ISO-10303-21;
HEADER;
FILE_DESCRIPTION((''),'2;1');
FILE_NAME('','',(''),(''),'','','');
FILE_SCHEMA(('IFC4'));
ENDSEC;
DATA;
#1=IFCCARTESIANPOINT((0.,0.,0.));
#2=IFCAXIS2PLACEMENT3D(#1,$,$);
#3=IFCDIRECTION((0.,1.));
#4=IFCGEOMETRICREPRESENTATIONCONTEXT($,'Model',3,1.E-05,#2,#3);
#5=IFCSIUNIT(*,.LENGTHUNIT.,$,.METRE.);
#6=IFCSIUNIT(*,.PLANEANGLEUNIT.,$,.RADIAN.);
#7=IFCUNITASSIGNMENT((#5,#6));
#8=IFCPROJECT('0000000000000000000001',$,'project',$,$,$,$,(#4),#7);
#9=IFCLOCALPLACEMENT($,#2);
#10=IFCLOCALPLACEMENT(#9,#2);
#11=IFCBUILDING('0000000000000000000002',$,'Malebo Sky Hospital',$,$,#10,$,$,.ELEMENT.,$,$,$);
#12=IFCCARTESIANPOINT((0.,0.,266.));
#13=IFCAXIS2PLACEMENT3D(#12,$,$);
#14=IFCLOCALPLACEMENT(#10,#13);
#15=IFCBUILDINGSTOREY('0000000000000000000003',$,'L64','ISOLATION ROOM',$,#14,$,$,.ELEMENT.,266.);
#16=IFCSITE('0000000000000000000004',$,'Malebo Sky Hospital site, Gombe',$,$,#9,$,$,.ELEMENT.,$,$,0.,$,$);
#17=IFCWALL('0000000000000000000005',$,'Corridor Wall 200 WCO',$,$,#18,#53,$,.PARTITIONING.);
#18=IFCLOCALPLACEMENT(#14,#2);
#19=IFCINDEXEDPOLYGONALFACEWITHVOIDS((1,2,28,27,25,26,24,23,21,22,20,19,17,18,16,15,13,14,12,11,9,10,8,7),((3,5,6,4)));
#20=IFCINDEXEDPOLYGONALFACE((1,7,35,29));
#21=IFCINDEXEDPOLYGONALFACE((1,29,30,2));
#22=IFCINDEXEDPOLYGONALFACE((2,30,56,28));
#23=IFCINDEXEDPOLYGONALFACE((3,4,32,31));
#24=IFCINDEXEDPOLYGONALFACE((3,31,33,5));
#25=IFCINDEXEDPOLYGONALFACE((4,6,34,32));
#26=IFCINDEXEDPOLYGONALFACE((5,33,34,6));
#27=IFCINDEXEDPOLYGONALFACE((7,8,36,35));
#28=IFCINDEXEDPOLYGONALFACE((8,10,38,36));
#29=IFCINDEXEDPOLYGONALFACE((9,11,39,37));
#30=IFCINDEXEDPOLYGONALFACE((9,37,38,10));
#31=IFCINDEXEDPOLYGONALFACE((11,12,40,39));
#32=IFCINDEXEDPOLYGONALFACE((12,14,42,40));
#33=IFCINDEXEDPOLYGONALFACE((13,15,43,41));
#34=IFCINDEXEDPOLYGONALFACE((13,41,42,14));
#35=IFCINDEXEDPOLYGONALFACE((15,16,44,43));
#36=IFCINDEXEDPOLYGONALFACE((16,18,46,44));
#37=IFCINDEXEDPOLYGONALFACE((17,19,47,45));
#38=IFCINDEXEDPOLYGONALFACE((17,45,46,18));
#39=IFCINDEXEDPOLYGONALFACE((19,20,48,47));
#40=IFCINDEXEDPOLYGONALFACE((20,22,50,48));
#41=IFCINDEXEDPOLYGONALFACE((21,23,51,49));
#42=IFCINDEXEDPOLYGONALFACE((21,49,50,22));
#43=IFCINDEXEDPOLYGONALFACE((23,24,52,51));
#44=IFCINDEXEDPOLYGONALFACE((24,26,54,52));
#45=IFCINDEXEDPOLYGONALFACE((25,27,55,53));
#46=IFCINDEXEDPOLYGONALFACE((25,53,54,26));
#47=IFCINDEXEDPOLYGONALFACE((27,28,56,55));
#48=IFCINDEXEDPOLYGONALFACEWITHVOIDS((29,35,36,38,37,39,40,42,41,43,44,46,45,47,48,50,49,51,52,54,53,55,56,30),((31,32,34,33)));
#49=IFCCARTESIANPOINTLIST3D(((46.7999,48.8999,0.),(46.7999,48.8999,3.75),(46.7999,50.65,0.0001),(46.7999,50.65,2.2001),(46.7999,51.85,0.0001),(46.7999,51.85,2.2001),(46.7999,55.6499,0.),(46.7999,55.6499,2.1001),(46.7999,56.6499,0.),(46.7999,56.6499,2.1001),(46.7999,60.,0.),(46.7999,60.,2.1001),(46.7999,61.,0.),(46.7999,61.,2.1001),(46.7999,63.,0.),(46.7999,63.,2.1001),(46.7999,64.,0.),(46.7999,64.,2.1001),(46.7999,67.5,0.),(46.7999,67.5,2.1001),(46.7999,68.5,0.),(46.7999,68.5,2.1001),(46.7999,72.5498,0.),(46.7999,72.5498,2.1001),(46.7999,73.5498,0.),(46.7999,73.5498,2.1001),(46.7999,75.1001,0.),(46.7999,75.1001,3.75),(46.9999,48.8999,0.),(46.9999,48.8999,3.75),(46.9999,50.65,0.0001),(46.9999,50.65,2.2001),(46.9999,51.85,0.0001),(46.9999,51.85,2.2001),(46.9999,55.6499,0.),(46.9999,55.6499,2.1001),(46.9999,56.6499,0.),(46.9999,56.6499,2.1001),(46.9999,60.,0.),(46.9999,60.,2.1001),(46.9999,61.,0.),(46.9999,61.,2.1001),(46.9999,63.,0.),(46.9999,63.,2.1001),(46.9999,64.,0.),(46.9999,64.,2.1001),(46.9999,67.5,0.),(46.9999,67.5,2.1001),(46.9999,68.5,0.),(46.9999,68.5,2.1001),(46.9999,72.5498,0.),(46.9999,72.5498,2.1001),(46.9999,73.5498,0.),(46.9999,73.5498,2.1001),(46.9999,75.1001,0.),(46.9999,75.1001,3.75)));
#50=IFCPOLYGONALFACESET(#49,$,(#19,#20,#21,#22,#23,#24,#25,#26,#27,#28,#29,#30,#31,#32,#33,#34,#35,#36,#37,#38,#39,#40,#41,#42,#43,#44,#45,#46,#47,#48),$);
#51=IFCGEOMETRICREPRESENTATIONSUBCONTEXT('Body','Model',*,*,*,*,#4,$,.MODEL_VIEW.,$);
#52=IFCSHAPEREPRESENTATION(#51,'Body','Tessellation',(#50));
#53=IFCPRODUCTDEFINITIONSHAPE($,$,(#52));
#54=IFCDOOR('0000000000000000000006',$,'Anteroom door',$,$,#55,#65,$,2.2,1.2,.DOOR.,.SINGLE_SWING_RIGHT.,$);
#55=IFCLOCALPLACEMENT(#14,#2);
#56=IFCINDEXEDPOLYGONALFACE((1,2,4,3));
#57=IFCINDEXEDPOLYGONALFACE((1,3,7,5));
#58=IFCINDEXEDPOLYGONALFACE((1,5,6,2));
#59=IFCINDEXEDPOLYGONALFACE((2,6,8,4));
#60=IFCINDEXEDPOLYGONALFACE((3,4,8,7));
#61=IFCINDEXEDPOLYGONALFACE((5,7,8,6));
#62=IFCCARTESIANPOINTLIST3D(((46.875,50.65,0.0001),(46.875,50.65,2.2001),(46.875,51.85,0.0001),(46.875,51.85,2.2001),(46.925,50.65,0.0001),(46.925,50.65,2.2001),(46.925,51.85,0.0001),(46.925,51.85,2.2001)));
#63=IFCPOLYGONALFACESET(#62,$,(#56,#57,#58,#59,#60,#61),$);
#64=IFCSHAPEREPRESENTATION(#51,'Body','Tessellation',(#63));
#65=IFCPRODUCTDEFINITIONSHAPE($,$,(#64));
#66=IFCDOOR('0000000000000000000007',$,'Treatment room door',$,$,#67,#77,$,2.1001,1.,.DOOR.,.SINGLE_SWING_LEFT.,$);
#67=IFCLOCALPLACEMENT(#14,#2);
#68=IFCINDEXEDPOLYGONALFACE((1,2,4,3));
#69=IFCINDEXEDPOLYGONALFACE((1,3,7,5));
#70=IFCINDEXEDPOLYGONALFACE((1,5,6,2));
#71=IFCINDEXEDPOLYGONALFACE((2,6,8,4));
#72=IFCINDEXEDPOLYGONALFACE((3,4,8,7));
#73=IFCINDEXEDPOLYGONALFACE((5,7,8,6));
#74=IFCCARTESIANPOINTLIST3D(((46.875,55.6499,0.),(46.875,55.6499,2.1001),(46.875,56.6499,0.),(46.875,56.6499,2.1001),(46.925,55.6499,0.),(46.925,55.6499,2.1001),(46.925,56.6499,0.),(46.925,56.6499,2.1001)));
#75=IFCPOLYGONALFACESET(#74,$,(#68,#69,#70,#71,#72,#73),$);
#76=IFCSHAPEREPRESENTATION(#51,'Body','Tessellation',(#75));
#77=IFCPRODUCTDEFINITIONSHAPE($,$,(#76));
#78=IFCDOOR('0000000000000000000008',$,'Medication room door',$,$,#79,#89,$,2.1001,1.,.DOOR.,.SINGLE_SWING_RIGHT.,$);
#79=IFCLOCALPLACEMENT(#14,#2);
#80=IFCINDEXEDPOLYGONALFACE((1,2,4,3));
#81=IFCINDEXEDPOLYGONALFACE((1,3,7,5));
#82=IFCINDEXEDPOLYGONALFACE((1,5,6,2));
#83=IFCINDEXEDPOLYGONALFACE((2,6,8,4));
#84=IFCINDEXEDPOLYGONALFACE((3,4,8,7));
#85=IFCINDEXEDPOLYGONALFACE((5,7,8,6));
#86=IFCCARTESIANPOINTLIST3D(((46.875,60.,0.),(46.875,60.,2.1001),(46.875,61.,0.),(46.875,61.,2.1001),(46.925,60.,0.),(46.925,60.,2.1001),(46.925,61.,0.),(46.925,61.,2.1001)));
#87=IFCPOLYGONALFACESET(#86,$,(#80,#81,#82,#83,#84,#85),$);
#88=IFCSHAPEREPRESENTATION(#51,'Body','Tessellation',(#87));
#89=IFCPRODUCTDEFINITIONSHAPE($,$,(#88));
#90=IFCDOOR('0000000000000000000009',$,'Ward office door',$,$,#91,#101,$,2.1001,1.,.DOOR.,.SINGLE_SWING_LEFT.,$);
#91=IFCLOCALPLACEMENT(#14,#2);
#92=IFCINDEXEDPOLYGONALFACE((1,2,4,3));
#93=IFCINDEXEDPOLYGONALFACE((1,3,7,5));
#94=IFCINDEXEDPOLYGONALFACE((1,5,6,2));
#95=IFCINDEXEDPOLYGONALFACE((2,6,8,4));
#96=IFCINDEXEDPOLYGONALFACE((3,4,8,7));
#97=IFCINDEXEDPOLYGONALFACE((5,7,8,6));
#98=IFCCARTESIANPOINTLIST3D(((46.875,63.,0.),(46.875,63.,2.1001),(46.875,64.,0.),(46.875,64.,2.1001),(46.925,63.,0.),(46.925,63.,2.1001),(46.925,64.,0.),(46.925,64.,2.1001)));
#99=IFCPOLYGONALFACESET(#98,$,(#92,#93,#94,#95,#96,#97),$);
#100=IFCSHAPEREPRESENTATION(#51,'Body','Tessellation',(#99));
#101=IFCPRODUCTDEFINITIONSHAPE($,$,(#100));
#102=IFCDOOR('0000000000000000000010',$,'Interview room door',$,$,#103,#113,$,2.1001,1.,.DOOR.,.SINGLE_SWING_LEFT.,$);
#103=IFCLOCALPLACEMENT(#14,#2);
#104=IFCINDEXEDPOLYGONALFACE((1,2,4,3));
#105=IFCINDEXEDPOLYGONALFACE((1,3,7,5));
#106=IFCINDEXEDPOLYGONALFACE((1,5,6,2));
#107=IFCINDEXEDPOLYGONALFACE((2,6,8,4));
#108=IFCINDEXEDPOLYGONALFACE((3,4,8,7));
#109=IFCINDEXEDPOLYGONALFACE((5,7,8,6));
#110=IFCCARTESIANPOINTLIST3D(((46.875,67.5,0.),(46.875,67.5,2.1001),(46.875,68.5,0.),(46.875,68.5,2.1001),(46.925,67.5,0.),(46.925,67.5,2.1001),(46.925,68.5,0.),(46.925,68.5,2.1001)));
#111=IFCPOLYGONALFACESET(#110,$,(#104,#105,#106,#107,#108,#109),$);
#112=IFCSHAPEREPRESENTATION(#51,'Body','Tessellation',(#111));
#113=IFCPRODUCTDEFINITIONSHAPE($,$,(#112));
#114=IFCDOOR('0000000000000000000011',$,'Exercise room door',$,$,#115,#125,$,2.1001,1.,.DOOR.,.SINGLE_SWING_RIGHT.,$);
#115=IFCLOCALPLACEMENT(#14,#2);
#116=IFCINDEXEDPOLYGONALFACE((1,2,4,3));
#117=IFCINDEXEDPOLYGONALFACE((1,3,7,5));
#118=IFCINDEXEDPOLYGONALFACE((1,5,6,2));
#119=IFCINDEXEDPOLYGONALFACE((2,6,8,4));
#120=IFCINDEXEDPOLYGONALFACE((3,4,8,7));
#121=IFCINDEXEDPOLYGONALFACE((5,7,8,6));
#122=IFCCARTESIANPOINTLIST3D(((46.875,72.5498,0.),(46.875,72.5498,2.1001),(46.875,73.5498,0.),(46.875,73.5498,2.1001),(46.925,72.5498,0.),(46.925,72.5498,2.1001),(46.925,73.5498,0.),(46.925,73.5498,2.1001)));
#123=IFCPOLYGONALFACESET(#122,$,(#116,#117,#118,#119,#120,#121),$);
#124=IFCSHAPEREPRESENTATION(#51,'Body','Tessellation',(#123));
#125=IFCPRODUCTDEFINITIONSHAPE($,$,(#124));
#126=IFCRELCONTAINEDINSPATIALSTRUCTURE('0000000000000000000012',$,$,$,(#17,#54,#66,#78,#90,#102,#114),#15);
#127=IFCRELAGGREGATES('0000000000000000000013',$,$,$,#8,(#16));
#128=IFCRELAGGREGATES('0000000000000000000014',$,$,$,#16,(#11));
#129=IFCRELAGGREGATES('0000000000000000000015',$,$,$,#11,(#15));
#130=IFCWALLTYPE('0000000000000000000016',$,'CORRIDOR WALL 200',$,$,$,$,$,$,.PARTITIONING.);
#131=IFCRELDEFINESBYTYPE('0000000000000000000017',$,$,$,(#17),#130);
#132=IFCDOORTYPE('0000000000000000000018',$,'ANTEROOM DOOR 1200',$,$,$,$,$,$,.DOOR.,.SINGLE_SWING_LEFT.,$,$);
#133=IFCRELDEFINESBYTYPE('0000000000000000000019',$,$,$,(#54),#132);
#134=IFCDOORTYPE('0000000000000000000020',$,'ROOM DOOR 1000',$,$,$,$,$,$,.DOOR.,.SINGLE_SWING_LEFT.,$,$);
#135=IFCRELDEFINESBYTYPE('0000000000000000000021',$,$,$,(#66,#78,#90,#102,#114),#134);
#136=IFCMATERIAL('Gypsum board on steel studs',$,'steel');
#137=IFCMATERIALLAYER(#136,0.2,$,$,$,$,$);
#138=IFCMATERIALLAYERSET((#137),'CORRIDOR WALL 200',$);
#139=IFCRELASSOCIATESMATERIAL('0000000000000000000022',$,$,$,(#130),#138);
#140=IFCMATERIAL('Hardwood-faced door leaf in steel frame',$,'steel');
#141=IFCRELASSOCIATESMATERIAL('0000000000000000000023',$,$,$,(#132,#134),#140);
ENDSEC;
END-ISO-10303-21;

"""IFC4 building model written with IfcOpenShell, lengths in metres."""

from ifc_helpers import new_model, si_unit, direction, frame, frame_2d, origin, place, context, subcontext, project, spatial, rectangle, extrude, material, layer, layer_set, type_object, element, fill, save


model = new_model("IFC4")

# Units and contexts
model_context = context("Model", 3, precision=1e-05, world=origin(), true_north=direction((0.0, 1.0)))
body_context = subcontext(model_context, "Body", "Model", "MODEL_VIEW")
ifc_project = project(units=[si_unit("LENGTHUNIT", "METRE"), si_unit("PLANEANGLEUNIT", "RADIAN")], contexts=[model_context])

# Site, building, storey
site_placement = place(None, origin())
site = spatial("IfcSite", under=ifc_project, at=site_placement, Name="Malebo Sky Hospital site, Gombe", CompositionType="ELEMENT", RefElevation=0.0)
building_placement = place(site_placement, origin())
building = spatial("IfcBuilding", under=site, at=building_placement, Name="Malebo Sky Hospital", CompositionType="ELEMENT")
storey_placement = place(building_placement, frame((0.0, 0.0, 266.0)))
storey = spatial("IfcBuildingStorey", under=building, at=storey_placement, Name="L64", Description="ISOLATION ROOM", CompositionType="ELEMENT", Elevation=266.0)

# Shared definitions
ifc_material_1 = material(Name="Hardwood-faced door leaf in steel frame", Category="steel")

# Wall, openings, doors
ifc_material_2 = material(Name="Gypsum board on steel studs", Category="steel")
ifc_layer_1 = layer(ifc_material_2, 0.2)
ifc_layer_set_1 = layer_set([ifc_layer_1], Name="CORRIDOR WALL 200")
wall_type_1 = type_object("IfcWallType", Name="CORRIDOR WALL 200", PredefinedType="PARTITIONING", material=ifc_layer_set_1)
wall_1_placement = place(storey_placement, frame((46.8999, 48.8999, 0.0), z_axis=(0.0, 0.0, 1.0), x_axis=(0.0, 1.0, 0.0)))
wall_1 = element("IfcWall", 1, at=wall_1_placement, inside=storey, type_object=wall_type_1, Name="Corridor Wall 200 WCO", PredefinedType="PARTITIONING", context=body_context, shape_type="SweptSolid", body=[
    extrude(rectangle(XDim=26.2002, YDim=0.2, at=frame_2d((13.1001, 0.0))), origin(), (0.0, 0.0, 1.0), 3.75),
])
opening_1_placement = place(wall_1_placement, frame((1.75, 0.0, 0.0)))
opening_1 = element("IfcOpeningElement", 2, at=opening_1_placement, cuts=wall_1, PredefinedType="OPENING", context=body_context, shape_type="SweptSolid", body=[
    extrude(rectangle(XDim=1.2, YDim=2.2, at=frame_2d((0.6001, 1.1001))), frame((0.0, 0.1099, 0.0), z_axis=(0.0, -1.0, 0.0), x_axis=(1.0, 0.0, 0.0)), (0.0, 0.0, 1.0), 0.22),
])
opening_2_placement = place(wall_1_placement, frame((6.75, 0.0, 0.0)))
opening_2 = element("IfcOpeningElement", 3, at=opening_2_placement, cuts=wall_1, PredefinedType="OPENING", context=body_context, shape_type="SweptSolid", body=[
    extrude(rectangle(XDim=1.0, YDim=2.1001, at=frame_2d((0.5, 1.05))), frame((0.0, 0.1099, 0.0), z_axis=(0.0, -1.0, 0.0), x_axis=(1.0, 0.0, 0.0)), (0.0, 0.0, 1.0), 0.22),
])
opening_3_placement = place(wall_1_placement, frame((11.1001, 0.0, 0.0)))
opening_3 = element("IfcOpeningElement", 4, at=opening_3_placement, cuts=wall_1, PredefinedType="OPENING", context=body_context, shape_type="SweptSolid", body=[
    extrude(rectangle(XDim=1.0, YDim=2.1001, at=frame_2d((0.5, 1.05))), frame((0.0, 0.1099, 0.0), z_axis=(0.0, -1.0, 0.0), x_axis=(1.0, 0.0, 0.0)), (0.0, 0.0, 1.0), 0.22),
])
opening_4_placement = place(wall_1_placement, frame((14.1001, 0.0, 0.0)))
opening_4 = element("IfcOpeningElement", 5, at=opening_4_placement, cuts=wall_1, PredefinedType="OPENING", context=body_context, shape_type="SweptSolid", body=[
    extrude(rectangle(XDim=1.0, YDim=2.1001, at=frame_2d((0.5, 1.05))), frame((0.0, 0.1099, 0.0), z_axis=(0.0, -1.0, 0.0), x_axis=(1.0, 0.0, 0.0)), (0.0, 0.0, 1.0), 0.22),
])
opening_5_placement = place(wall_1_placement, frame((18.6001, 0.0, 0.0)))
opening_5 = element("IfcOpeningElement", 6, at=opening_5_placement, cuts=wall_1, PredefinedType="OPENING", context=body_context, shape_type="SweptSolid", body=[
    extrude(rectangle(XDim=1.0, YDim=2.1001, at=frame_2d((0.5, 1.05))), frame((0.0, 0.1099, 0.0), z_axis=(0.0, -1.0, 0.0), x_axis=(1.0, 0.0, 0.0)), (0.0, 0.0, 1.0), 0.22),
])
opening_6_placement = place(wall_1_placement, frame((23.6499, 0.0, 0.0)))
opening_6 = element("IfcOpeningElement", 7, at=opening_6_placement, cuts=wall_1, PredefinedType="OPENING", context=body_context, shape_type="SweptSolid", body=[
    extrude(rectangle(XDim=1.0, YDim=2.1001, at=frame_2d((0.5, 1.05))), frame((0.0, 0.1099, 0.0), z_axis=(0.0, -1.0, 0.0), x_axis=(1.0, 0.0, 0.0)), (0.0, 0.0, 1.0), 0.22),
])
door_type_1 = type_object("IfcDoorType", Name="ANTEROOM DOOR 1200", OperationType="SINGLE_SWING_LEFT", PredefinedType="DOOR", material=ifc_material_1)
door_1_placement = place(opening_1_placement, origin())
door_1 = element("IfcDoor", 8, at=door_1_placement, inside=storey, type_object=door_type_1, Name="Anteroom door", OperationType="SINGLE_SWING_RIGHT", OverallHeight=2.2, OverallWidth=1.2, PredefinedType="DOOR", context=body_context, shape_type="SweptSolid", body=[
    extrude(rectangle(XDim=1.2, YDim=2.2, at=frame_2d((0.6001, 1.1001))), frame((0.0, 0.0249, 0.0), z_axis=(0.0, -1.0, 0.0), x_axis=(1.0, 0.0, 0.0)), (0.0, 0.0, 1.0), 0.05),
])
fill(opening_1, door_1)
door_type_2 = type_object("IfcDoorType", Name="ROOM DOOR 1000", OperationType="SINGLE_SWING_LEFT", PredefinedType="DOOR", material=ifc_material_1)
door_2_placement = place(opening_2_placement, origin())
door_2 = element("IfcDoor", 9, at=door_2_placement, inside=storey, type_object=door_type_2, Name="Treatment room door", OperationType="SINGLE_SWING_LEFT", OverallHeight=2.1001, OverallWidth=1.0, PredefinedType="DOOR", context=body_context, shape_type="SweptSolid", body=[
    extrude(rectangle(XDim=1.0, YDim=2.1001, at=frame_2d((0.5, 1.05))), frame((0.0, 0.0249, 0.0), z_axis=(0.0, -1.0, 0.0), x_axis=(1.0, 0.0, 0.0)), (0.0, 0.0, 1.0), 0.05),
])
fill(opening_2, door_2)
door_3_placement = place(opening_3_placement, origin())
door_3 = element("IfcDoor", 10, at=door_3_placement, inside=storey, type_object=door_type_2, Name="Medication room door", OperationType="SINGLE_SWING_RIGHT", OverallHeight=2.1001, OverallWidth=1.0, PredefinedType="DOOR", context=body_context, shape_type="SweptSolid", body=[
    extrude(rectangle(XDim=1.0, YDim=2.1001, at=frame_2d((0.5, 1.05))), frame((0.0, 0.0249, 0.0), z_axis=(0.0, -1.0, 0.0), x_axis=(1.0, 0.0, 0.0)), (0.0, 0.0, 1.0), 0.05),
])
fill(opening_3, door_3)
door_4_placement = place(opening_4_placement, origin())
door_4 = element("IfcDoor", 11, at=door_4_placement, inside=storey, type_object=door_type_2, Name="Ward office door", OperationType="SINGLE_SWING_LEFT", OverallHeight=2.1001, OverallWidth=1.0, PredefinedType="DOOR", context=body_context, shape_type="SweptSolid", body=[
    extrude(rectangle(XDim=1.0, YDim=2.1001, at=frame_2d((0.5, 1.05))), frame((0.0, 0.0249, 0.0), z_axis=(0.0, -1.0, 0.0), x_axis=(1.0, 0.0, 0.0)), (0.0, 0.0, 1.0), 0.05),
])
fill(opening_4, door_4)
door_5_placement = place(opening_5_placement, origin())
door_5 = element("IfcDoor", 12, at=door_5_placement, inside=storey, type_object=door_type_2, Name="Interview room door", OperationType="SINGLE_SWING_LEFT", OverallHeight=2.1001, OverallWidth=1.0, PredefinedType="DOOR", context=body_context, shape_type="SweptSolid", body=[
    extrude(rectangle(XDim=1.0, YDim=2.1001, at=frame_2d((0.5, 1.05))), frame((0.0, 0.0249, 0.0), z_axis=(0.0, -1.0, 0.0), x_axis=(1.0, 0.0, 0.0)), (0.0, 0.0, 1.0), 0.05),
])
fill(opening_5, door_5)
door_6_placement = place(opening_6_placement, origin())
door_6 = element("IfcDoor", 13, at=door_6_placement, inside=storey, type_object=door_type_2, Name="Exercise room door", OperationType="SINGLE_SWING_RIGHT", OverallHeight=2.1001, OverallWidth=1.0, PredefinedType="DOOR", context=body_context, shape_type="SweptSolid", body=[
    extrude(rectangle(XDim=1.0, YDim=2.1001, at=frame_2d((0.5, 1.05))), frame((0.0, 0.0249, 0.0), z_axis=(0.0, -1.0, 0.0), x_axis=(1.0, 0.0, 0.0)), (0.0, 0.0, 1.0), 0.05),
])
fill(opening_6, door_6)

save(model, "model.ifc")
